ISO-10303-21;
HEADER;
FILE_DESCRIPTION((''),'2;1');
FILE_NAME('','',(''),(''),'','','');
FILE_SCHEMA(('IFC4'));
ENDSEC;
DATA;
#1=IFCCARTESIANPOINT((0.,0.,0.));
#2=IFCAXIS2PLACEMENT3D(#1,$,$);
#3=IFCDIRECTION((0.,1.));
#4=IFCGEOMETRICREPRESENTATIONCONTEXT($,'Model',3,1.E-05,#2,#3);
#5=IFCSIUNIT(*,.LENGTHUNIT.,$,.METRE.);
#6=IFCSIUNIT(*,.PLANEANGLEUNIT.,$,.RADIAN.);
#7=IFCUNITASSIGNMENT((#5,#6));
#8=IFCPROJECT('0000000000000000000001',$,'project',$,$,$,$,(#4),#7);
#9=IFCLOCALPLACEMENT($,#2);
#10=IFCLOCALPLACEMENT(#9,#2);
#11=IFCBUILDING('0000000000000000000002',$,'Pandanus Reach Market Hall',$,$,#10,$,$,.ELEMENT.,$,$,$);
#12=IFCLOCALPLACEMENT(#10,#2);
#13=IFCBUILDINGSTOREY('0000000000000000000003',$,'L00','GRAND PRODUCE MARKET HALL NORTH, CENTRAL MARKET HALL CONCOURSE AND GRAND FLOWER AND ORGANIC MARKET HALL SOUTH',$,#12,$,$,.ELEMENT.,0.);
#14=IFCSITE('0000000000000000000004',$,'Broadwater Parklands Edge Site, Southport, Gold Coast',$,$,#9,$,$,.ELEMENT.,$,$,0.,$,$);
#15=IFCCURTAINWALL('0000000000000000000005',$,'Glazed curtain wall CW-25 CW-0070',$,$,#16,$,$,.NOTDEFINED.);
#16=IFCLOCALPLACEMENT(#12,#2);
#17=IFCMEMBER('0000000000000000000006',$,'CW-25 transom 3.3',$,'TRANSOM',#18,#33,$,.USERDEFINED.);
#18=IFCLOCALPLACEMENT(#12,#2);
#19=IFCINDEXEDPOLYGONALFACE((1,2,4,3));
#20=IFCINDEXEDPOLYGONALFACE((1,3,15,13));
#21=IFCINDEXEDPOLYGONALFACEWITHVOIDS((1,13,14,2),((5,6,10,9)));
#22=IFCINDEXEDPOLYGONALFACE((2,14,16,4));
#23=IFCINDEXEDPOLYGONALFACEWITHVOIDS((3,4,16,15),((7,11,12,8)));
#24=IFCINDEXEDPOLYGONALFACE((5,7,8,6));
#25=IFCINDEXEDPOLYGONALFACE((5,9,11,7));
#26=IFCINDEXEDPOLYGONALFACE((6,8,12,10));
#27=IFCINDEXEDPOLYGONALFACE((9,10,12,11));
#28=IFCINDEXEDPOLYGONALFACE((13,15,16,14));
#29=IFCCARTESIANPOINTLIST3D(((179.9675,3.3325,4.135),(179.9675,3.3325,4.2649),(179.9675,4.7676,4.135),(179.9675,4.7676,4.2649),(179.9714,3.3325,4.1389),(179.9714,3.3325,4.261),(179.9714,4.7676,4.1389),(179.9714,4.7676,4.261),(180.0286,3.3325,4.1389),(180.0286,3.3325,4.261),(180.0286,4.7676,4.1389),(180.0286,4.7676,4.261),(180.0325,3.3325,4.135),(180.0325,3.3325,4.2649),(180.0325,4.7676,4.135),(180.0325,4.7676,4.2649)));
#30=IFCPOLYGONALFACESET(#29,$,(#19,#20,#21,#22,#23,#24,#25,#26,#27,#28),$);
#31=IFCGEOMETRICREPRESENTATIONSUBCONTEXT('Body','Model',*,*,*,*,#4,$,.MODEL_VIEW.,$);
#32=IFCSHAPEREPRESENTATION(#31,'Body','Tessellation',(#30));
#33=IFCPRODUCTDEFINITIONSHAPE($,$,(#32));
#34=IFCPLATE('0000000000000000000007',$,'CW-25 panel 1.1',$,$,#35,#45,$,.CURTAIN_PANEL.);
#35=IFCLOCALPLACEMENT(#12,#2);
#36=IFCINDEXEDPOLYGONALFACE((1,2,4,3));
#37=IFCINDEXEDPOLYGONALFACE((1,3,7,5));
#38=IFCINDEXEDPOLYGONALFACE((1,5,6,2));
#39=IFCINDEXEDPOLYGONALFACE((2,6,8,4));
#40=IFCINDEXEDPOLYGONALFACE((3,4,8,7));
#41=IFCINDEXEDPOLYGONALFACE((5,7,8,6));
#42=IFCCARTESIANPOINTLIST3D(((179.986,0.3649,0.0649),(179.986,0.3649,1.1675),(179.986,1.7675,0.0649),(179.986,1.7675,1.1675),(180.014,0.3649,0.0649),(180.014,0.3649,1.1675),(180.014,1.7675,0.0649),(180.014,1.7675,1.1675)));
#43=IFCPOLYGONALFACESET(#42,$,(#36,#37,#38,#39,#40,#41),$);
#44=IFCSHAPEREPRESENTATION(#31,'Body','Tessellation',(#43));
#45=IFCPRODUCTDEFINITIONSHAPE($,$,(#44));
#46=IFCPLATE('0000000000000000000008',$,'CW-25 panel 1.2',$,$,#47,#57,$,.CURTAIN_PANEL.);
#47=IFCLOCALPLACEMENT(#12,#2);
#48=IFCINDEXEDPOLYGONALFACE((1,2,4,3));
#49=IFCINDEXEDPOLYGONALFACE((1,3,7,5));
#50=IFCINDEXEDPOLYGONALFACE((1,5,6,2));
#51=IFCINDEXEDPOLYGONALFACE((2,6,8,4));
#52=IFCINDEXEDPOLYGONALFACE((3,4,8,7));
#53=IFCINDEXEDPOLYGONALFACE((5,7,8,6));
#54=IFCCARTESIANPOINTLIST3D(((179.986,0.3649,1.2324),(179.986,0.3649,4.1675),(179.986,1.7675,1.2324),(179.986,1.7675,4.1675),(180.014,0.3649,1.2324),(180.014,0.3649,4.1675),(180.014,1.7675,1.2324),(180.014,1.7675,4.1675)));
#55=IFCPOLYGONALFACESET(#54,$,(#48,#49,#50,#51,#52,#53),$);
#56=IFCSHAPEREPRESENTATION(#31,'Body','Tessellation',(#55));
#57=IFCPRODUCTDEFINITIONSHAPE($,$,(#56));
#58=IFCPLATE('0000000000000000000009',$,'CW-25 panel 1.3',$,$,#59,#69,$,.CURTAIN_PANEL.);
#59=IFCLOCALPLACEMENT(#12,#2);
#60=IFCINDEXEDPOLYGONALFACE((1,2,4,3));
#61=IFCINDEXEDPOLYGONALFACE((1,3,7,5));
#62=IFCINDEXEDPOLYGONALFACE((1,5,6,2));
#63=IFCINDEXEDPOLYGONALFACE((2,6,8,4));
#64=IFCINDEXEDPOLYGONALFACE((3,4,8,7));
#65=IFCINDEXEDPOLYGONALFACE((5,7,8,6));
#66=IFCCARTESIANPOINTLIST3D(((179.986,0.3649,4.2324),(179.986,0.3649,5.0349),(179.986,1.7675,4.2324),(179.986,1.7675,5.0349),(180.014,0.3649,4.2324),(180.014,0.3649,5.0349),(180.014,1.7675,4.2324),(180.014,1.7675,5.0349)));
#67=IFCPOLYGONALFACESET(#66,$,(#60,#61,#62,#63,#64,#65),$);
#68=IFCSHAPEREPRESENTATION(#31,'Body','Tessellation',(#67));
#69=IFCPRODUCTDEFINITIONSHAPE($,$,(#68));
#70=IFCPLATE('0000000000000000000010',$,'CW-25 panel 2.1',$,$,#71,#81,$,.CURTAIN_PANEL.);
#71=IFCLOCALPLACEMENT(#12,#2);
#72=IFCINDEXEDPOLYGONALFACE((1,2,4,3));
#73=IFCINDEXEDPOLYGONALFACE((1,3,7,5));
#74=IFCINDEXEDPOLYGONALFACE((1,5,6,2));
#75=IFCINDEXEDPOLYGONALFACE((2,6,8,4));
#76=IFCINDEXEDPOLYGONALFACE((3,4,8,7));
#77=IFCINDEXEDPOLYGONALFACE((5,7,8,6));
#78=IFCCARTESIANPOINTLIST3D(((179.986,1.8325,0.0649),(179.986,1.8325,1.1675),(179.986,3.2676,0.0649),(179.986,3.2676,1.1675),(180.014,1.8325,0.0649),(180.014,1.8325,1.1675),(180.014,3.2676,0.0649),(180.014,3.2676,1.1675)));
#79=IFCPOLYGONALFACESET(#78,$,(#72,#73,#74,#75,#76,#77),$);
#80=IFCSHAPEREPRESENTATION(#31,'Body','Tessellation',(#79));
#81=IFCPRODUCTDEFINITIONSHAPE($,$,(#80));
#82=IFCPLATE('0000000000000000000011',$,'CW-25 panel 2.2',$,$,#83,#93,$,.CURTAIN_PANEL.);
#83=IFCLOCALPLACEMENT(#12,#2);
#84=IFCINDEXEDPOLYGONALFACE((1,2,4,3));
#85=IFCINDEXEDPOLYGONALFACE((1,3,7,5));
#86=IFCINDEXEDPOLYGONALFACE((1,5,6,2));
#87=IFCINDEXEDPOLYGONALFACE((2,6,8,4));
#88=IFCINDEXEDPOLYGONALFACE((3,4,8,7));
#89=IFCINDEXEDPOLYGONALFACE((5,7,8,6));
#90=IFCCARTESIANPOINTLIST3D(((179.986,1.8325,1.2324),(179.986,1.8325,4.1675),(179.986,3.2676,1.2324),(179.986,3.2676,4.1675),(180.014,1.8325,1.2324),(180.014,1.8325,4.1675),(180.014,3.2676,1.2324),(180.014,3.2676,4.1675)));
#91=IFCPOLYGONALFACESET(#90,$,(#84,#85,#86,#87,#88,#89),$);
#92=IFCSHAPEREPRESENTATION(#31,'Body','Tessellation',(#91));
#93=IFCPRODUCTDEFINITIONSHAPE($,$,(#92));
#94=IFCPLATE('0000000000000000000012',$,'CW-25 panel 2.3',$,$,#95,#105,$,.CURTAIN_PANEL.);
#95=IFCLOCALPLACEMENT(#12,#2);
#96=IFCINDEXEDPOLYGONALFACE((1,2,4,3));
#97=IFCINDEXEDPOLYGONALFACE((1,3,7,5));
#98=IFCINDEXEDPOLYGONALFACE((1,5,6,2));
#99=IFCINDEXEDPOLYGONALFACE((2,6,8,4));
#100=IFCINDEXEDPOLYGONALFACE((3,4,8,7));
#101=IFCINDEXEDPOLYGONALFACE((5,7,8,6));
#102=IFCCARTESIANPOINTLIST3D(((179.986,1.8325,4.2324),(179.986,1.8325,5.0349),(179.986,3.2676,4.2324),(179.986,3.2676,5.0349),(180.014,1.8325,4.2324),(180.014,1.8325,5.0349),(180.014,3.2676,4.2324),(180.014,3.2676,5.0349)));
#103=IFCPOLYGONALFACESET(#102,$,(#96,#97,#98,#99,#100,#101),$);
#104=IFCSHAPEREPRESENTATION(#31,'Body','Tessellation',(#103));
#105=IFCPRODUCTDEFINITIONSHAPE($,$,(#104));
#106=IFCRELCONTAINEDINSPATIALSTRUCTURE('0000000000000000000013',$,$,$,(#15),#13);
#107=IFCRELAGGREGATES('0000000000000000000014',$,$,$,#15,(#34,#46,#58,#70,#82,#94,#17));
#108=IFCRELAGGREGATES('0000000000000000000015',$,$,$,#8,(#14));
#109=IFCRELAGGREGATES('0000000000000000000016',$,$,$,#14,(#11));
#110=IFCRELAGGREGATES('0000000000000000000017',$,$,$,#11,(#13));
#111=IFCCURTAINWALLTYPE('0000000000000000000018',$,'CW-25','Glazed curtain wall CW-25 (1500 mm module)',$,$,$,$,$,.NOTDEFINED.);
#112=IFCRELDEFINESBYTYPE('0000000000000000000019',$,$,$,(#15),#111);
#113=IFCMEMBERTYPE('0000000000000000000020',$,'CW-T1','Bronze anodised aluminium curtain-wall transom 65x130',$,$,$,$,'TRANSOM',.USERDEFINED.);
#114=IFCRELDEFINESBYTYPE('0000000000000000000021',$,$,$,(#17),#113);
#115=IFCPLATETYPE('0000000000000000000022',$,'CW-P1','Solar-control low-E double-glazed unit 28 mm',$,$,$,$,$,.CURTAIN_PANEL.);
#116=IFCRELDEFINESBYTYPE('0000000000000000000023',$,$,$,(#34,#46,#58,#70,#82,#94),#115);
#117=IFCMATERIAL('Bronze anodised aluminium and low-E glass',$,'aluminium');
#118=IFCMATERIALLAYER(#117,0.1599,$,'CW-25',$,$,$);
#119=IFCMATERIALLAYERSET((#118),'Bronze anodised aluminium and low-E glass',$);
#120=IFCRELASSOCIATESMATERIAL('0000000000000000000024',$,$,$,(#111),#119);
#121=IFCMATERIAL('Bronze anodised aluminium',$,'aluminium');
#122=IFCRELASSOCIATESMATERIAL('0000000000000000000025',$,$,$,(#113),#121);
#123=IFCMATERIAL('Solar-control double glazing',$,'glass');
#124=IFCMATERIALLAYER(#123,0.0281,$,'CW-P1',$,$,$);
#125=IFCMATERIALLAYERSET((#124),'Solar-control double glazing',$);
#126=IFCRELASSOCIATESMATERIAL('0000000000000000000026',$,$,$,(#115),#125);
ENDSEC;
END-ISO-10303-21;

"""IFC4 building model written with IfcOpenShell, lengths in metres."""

from ifc_helpers import new_model, si_unit, direction, frame, origin, origin_2d, place, context, subcontext, project, spatial, rectangle, hollow_rectangle, extrude, material, layer, layer_set, material_profile, profile_set, type_object, element, aggregate, save


model = new_model("IFC4")

# Units and contexts
model_context = context("Model", 3, precision=1e-05, world=origin(), true_north=direction((0.0, 1.0)))
body_context = subcontext(model_context, "Body", "Model", "MODEL_VIEW")
ifc_project = project(units=[si_unit("LENGTHUNIT", "METRE"), si_unit("PLANEANGLEUNIT", "RADIAN")], contexts=[model_context])

# Site, building, storey
site_placement = place(None, origin())
site = spatial("IfcSite", under=ifc_project, at=site_placement, Name="Broadwater Parklands Edge Site, Southport, Gold Coast", CompositionType="ELEMENT", RefElevation=0.0)
building_placement = place(site_placement, origin())
building = spatial("IfcBuilding", under=site, at=building_placement, Name="Pandanus Reach Market Hall", CompositionType="ELEMENT")
storey_placement = place(building_placement, origin())
storey = spatial("IfcBuildingStorey", under=building, at=storey_placement, Name="L00", Description="GRAND PRODUCE MARKET HALL NORTH, CENTRAL MARKET HALL CONCOURSE AND GRAND FLOWER AND ORGANIC MARKET HALL SOUTH", CompositionType="ELEMENT", Elevation=0.0)

# Curtain wall, member, plates
ifc_material_1 = material(Name="Bronze anodised aluminium and low-E glass", Category="aluminium")
ifc_layer_1 = layer(ifc_material_1, 0.1599, Name="CW-25")
ifc_layer_set_1 = layer_set([ifc_layer_1], Name="Bronze anodised aluminium and low-E glass")
curtain_wall_type = type_object("IfcCurtainWallType", Name="CW-25", Description="Glazed curtain wall CW-25 (1500 mm module)", PredefinedType="NOTDEFINED", material=ifc_layer_set_1)
curtain_wall_placement = place(storey_placement, origin())
curtain_wall = element("IfcCurtainWall", 1, at=curtain_wall_placement, inside=storey, type_object=curtain_wall_type, Name="Glazed curtain wall CW-25 CW-0070", PredefinedType="NOTDEFINED")
ifc_material_2 = material(Name="Bronze anodised aluminium", Category="aluminium")
ifc_material_profile_1 = material_profile(ifc_material_2, hollow_rectangle(XDim=0.0649, YDim=0.1299, WallThickness=0.0039, at=origin_2d()), Name="ALU65x130", Category="LoadBearing")
ifc_profile_set_1 = profile_set([ifc_material_profile_1], Name="Bronze anodised aluminium")
member_type_1 = type_object("IfcMemberType", Name="CW-T1", Description="Bronze anodised aluminium curtain-wall transom 65x130", ElementType="TRANSOM", PredefinedType="USERDEFINED", material=ifc_profile_set_1)
member_1_placement = place(storey_placement, frame((180.0, 3.3325, 4.2), z_axis=(0.0, 1.0, 0.0), x_axis=(-1.0, 0.0, 0.0)))
member_1 = element("IfcMember", 2, at=member_1_placement, type_object=member_type_1, Name="CW-25 transom 3.3", ObjectType="TRANSOM", PredefinedType="USERDEFINED", context=body_context, shape_type="SweptSolid", body=[
    extrude(hollow_rectangle(XDim=0.0649, YDim=0.1299, WallThickness=0.0039, at=origin_2d()), origin(), (0.0, 0.0, 1.0), 1.4351),
])
ifc_material_3 = material(Name="Solar-control double glazing", Category="glass")
ifc_layer_2 = layer(ifc_material_3, 0.0281, Name="CW-P1")
ifc_layer_set_2 = layer_set([ifc_layer_2], Name="Solar-control double glazing")
plate_type = type_object("IfcPlateType", Name="CW-P1", Description="Solar-control low-E double-glazed unit 28 mm", PredefinedType="CURTAIN_PANEL", material=ifc_layer_set_2)
plate_1_placement = place(storey_placement, frame((180.0, 1.0662, 0.0649), z_axis=(0.0, 0.0, 1.0), x_axis=(0.0, 1.0, 0.0)))
plate_1 = element("IfcPlate", 3, at=plate_1_placement, type_object=plate_type, Name="CW-25 panel 1.1", PredefinedType="CURTAIN_PANEL", context=body_context, shape_type="SweptSolid", body=[
    extrude(rectangle(XDim=1.4026, YDim=0.0281, at=origin_2d()), origin(), (0.0, 0.0, 1.0), 1.1025),
])
plate_2_placement = place(storey_placement, frame((180.0, 1.0662, 1.2324), z_axis=(0.0, 0.0, 1.0), x_axis=(0.0, 1.0, 0.0)))
plate_2 = element("IfcPlate", 4, at=plate_2_placement, type_object=plate_type, Name="CW-25 panel 1.2", PredefinedType="CURTAIN_PANEL", context=body_context, shape_type="SweptSolid", body=[
    extrude(rectangle(XDim=1.4026, YDim=0.0281, at=origin_2d()), origin(), (0.0, 0.0, 1.0), 2.9351),
])
plate_3_placement = place(storey_placement, frame((180.0, 1.0662, 4.2324), z_axis=(0.0, 0.0, 1.0), x_axis=(0.0, 1.0, 0.0)))
plate_3 = element("IfcPlate", 5, at=plate_3_placement, type_object=plate_type, Name="CW-25 panel 1.3", PredefinedType="CURTAIN_PANEL", context=body_context, shape_type="SweptSolid", body=[
    extrude(rectangle(XDim=1.4026, YDim=0.0281, at=origin_2d()), origin(), (0.0, 0.0, 1.0), 0.8025),
])
plate_4_placement = place(storey_placement, frame((180.0, 2.55, 0.0649), z_axis=(0.0, 0.0, 1.0), x_axis=(0.0, 1.0, 0.0)))
plate_4 = element("IfcPlate", 6, at=plate_4_placement, type_object=plate_type, Name="CW-25 panel 2.1", PredefinedType="CURTAIN_PANEL", context=body_context, shape_type="SweptSolid", body=[
    extrude(rectangle(XDim=1.4351, YDim=0.0281, at=origin_2d()), origin(), (0.0, 0.0, 1.0), 1.1025),
])
plate_5_placement = place(storey_placement, frame((180.0, 2.55, 1.2324), z_axis=(0.0, 0.0, 1.0), x_axis=(0.0, 1.0, 0.0)))
plate_5 = element("IfcPlate", 7, at=plate_5_placement, type_object=plate_type, Name="CW-25 panel 2.2", PredefinedType="CURTAIN_PANEL", context=body_context, shape_type="SweptSolid", body=[
    extrude(rectangle(XDim=1.4351, YDim=0.0281, at=origin_2d()), origin(), (0.0, 0.0, 1.0), 2.9351),
])
plate_6_placement = place(storey_placement, frame((180.0, 2.55, 4.2324), z_axis=(0.0, 0.0, 1.0), x_axis=(0.0, 1.0, 0.0)))
plate_6 = element("IfcPlate", 8, at=plate_6_placement, type_object=plate_type, Name="CW-25 panel 2.3", PredefinedType="CURTAIN_PANEL", context=body_context, shape_type="SweptSolid", body=[
    extrude(rectangle(XDim=1.4351, YDim=0.0281, at=origin_2d()), origin(), (0.0, 0.0, 1.0), 0.8025),
])
aggregate(curtain_wall, [plate_1, plate_2, plate_3, plate_4, plate_5, plate_6, member_1])

save(model, "model.ifc")
